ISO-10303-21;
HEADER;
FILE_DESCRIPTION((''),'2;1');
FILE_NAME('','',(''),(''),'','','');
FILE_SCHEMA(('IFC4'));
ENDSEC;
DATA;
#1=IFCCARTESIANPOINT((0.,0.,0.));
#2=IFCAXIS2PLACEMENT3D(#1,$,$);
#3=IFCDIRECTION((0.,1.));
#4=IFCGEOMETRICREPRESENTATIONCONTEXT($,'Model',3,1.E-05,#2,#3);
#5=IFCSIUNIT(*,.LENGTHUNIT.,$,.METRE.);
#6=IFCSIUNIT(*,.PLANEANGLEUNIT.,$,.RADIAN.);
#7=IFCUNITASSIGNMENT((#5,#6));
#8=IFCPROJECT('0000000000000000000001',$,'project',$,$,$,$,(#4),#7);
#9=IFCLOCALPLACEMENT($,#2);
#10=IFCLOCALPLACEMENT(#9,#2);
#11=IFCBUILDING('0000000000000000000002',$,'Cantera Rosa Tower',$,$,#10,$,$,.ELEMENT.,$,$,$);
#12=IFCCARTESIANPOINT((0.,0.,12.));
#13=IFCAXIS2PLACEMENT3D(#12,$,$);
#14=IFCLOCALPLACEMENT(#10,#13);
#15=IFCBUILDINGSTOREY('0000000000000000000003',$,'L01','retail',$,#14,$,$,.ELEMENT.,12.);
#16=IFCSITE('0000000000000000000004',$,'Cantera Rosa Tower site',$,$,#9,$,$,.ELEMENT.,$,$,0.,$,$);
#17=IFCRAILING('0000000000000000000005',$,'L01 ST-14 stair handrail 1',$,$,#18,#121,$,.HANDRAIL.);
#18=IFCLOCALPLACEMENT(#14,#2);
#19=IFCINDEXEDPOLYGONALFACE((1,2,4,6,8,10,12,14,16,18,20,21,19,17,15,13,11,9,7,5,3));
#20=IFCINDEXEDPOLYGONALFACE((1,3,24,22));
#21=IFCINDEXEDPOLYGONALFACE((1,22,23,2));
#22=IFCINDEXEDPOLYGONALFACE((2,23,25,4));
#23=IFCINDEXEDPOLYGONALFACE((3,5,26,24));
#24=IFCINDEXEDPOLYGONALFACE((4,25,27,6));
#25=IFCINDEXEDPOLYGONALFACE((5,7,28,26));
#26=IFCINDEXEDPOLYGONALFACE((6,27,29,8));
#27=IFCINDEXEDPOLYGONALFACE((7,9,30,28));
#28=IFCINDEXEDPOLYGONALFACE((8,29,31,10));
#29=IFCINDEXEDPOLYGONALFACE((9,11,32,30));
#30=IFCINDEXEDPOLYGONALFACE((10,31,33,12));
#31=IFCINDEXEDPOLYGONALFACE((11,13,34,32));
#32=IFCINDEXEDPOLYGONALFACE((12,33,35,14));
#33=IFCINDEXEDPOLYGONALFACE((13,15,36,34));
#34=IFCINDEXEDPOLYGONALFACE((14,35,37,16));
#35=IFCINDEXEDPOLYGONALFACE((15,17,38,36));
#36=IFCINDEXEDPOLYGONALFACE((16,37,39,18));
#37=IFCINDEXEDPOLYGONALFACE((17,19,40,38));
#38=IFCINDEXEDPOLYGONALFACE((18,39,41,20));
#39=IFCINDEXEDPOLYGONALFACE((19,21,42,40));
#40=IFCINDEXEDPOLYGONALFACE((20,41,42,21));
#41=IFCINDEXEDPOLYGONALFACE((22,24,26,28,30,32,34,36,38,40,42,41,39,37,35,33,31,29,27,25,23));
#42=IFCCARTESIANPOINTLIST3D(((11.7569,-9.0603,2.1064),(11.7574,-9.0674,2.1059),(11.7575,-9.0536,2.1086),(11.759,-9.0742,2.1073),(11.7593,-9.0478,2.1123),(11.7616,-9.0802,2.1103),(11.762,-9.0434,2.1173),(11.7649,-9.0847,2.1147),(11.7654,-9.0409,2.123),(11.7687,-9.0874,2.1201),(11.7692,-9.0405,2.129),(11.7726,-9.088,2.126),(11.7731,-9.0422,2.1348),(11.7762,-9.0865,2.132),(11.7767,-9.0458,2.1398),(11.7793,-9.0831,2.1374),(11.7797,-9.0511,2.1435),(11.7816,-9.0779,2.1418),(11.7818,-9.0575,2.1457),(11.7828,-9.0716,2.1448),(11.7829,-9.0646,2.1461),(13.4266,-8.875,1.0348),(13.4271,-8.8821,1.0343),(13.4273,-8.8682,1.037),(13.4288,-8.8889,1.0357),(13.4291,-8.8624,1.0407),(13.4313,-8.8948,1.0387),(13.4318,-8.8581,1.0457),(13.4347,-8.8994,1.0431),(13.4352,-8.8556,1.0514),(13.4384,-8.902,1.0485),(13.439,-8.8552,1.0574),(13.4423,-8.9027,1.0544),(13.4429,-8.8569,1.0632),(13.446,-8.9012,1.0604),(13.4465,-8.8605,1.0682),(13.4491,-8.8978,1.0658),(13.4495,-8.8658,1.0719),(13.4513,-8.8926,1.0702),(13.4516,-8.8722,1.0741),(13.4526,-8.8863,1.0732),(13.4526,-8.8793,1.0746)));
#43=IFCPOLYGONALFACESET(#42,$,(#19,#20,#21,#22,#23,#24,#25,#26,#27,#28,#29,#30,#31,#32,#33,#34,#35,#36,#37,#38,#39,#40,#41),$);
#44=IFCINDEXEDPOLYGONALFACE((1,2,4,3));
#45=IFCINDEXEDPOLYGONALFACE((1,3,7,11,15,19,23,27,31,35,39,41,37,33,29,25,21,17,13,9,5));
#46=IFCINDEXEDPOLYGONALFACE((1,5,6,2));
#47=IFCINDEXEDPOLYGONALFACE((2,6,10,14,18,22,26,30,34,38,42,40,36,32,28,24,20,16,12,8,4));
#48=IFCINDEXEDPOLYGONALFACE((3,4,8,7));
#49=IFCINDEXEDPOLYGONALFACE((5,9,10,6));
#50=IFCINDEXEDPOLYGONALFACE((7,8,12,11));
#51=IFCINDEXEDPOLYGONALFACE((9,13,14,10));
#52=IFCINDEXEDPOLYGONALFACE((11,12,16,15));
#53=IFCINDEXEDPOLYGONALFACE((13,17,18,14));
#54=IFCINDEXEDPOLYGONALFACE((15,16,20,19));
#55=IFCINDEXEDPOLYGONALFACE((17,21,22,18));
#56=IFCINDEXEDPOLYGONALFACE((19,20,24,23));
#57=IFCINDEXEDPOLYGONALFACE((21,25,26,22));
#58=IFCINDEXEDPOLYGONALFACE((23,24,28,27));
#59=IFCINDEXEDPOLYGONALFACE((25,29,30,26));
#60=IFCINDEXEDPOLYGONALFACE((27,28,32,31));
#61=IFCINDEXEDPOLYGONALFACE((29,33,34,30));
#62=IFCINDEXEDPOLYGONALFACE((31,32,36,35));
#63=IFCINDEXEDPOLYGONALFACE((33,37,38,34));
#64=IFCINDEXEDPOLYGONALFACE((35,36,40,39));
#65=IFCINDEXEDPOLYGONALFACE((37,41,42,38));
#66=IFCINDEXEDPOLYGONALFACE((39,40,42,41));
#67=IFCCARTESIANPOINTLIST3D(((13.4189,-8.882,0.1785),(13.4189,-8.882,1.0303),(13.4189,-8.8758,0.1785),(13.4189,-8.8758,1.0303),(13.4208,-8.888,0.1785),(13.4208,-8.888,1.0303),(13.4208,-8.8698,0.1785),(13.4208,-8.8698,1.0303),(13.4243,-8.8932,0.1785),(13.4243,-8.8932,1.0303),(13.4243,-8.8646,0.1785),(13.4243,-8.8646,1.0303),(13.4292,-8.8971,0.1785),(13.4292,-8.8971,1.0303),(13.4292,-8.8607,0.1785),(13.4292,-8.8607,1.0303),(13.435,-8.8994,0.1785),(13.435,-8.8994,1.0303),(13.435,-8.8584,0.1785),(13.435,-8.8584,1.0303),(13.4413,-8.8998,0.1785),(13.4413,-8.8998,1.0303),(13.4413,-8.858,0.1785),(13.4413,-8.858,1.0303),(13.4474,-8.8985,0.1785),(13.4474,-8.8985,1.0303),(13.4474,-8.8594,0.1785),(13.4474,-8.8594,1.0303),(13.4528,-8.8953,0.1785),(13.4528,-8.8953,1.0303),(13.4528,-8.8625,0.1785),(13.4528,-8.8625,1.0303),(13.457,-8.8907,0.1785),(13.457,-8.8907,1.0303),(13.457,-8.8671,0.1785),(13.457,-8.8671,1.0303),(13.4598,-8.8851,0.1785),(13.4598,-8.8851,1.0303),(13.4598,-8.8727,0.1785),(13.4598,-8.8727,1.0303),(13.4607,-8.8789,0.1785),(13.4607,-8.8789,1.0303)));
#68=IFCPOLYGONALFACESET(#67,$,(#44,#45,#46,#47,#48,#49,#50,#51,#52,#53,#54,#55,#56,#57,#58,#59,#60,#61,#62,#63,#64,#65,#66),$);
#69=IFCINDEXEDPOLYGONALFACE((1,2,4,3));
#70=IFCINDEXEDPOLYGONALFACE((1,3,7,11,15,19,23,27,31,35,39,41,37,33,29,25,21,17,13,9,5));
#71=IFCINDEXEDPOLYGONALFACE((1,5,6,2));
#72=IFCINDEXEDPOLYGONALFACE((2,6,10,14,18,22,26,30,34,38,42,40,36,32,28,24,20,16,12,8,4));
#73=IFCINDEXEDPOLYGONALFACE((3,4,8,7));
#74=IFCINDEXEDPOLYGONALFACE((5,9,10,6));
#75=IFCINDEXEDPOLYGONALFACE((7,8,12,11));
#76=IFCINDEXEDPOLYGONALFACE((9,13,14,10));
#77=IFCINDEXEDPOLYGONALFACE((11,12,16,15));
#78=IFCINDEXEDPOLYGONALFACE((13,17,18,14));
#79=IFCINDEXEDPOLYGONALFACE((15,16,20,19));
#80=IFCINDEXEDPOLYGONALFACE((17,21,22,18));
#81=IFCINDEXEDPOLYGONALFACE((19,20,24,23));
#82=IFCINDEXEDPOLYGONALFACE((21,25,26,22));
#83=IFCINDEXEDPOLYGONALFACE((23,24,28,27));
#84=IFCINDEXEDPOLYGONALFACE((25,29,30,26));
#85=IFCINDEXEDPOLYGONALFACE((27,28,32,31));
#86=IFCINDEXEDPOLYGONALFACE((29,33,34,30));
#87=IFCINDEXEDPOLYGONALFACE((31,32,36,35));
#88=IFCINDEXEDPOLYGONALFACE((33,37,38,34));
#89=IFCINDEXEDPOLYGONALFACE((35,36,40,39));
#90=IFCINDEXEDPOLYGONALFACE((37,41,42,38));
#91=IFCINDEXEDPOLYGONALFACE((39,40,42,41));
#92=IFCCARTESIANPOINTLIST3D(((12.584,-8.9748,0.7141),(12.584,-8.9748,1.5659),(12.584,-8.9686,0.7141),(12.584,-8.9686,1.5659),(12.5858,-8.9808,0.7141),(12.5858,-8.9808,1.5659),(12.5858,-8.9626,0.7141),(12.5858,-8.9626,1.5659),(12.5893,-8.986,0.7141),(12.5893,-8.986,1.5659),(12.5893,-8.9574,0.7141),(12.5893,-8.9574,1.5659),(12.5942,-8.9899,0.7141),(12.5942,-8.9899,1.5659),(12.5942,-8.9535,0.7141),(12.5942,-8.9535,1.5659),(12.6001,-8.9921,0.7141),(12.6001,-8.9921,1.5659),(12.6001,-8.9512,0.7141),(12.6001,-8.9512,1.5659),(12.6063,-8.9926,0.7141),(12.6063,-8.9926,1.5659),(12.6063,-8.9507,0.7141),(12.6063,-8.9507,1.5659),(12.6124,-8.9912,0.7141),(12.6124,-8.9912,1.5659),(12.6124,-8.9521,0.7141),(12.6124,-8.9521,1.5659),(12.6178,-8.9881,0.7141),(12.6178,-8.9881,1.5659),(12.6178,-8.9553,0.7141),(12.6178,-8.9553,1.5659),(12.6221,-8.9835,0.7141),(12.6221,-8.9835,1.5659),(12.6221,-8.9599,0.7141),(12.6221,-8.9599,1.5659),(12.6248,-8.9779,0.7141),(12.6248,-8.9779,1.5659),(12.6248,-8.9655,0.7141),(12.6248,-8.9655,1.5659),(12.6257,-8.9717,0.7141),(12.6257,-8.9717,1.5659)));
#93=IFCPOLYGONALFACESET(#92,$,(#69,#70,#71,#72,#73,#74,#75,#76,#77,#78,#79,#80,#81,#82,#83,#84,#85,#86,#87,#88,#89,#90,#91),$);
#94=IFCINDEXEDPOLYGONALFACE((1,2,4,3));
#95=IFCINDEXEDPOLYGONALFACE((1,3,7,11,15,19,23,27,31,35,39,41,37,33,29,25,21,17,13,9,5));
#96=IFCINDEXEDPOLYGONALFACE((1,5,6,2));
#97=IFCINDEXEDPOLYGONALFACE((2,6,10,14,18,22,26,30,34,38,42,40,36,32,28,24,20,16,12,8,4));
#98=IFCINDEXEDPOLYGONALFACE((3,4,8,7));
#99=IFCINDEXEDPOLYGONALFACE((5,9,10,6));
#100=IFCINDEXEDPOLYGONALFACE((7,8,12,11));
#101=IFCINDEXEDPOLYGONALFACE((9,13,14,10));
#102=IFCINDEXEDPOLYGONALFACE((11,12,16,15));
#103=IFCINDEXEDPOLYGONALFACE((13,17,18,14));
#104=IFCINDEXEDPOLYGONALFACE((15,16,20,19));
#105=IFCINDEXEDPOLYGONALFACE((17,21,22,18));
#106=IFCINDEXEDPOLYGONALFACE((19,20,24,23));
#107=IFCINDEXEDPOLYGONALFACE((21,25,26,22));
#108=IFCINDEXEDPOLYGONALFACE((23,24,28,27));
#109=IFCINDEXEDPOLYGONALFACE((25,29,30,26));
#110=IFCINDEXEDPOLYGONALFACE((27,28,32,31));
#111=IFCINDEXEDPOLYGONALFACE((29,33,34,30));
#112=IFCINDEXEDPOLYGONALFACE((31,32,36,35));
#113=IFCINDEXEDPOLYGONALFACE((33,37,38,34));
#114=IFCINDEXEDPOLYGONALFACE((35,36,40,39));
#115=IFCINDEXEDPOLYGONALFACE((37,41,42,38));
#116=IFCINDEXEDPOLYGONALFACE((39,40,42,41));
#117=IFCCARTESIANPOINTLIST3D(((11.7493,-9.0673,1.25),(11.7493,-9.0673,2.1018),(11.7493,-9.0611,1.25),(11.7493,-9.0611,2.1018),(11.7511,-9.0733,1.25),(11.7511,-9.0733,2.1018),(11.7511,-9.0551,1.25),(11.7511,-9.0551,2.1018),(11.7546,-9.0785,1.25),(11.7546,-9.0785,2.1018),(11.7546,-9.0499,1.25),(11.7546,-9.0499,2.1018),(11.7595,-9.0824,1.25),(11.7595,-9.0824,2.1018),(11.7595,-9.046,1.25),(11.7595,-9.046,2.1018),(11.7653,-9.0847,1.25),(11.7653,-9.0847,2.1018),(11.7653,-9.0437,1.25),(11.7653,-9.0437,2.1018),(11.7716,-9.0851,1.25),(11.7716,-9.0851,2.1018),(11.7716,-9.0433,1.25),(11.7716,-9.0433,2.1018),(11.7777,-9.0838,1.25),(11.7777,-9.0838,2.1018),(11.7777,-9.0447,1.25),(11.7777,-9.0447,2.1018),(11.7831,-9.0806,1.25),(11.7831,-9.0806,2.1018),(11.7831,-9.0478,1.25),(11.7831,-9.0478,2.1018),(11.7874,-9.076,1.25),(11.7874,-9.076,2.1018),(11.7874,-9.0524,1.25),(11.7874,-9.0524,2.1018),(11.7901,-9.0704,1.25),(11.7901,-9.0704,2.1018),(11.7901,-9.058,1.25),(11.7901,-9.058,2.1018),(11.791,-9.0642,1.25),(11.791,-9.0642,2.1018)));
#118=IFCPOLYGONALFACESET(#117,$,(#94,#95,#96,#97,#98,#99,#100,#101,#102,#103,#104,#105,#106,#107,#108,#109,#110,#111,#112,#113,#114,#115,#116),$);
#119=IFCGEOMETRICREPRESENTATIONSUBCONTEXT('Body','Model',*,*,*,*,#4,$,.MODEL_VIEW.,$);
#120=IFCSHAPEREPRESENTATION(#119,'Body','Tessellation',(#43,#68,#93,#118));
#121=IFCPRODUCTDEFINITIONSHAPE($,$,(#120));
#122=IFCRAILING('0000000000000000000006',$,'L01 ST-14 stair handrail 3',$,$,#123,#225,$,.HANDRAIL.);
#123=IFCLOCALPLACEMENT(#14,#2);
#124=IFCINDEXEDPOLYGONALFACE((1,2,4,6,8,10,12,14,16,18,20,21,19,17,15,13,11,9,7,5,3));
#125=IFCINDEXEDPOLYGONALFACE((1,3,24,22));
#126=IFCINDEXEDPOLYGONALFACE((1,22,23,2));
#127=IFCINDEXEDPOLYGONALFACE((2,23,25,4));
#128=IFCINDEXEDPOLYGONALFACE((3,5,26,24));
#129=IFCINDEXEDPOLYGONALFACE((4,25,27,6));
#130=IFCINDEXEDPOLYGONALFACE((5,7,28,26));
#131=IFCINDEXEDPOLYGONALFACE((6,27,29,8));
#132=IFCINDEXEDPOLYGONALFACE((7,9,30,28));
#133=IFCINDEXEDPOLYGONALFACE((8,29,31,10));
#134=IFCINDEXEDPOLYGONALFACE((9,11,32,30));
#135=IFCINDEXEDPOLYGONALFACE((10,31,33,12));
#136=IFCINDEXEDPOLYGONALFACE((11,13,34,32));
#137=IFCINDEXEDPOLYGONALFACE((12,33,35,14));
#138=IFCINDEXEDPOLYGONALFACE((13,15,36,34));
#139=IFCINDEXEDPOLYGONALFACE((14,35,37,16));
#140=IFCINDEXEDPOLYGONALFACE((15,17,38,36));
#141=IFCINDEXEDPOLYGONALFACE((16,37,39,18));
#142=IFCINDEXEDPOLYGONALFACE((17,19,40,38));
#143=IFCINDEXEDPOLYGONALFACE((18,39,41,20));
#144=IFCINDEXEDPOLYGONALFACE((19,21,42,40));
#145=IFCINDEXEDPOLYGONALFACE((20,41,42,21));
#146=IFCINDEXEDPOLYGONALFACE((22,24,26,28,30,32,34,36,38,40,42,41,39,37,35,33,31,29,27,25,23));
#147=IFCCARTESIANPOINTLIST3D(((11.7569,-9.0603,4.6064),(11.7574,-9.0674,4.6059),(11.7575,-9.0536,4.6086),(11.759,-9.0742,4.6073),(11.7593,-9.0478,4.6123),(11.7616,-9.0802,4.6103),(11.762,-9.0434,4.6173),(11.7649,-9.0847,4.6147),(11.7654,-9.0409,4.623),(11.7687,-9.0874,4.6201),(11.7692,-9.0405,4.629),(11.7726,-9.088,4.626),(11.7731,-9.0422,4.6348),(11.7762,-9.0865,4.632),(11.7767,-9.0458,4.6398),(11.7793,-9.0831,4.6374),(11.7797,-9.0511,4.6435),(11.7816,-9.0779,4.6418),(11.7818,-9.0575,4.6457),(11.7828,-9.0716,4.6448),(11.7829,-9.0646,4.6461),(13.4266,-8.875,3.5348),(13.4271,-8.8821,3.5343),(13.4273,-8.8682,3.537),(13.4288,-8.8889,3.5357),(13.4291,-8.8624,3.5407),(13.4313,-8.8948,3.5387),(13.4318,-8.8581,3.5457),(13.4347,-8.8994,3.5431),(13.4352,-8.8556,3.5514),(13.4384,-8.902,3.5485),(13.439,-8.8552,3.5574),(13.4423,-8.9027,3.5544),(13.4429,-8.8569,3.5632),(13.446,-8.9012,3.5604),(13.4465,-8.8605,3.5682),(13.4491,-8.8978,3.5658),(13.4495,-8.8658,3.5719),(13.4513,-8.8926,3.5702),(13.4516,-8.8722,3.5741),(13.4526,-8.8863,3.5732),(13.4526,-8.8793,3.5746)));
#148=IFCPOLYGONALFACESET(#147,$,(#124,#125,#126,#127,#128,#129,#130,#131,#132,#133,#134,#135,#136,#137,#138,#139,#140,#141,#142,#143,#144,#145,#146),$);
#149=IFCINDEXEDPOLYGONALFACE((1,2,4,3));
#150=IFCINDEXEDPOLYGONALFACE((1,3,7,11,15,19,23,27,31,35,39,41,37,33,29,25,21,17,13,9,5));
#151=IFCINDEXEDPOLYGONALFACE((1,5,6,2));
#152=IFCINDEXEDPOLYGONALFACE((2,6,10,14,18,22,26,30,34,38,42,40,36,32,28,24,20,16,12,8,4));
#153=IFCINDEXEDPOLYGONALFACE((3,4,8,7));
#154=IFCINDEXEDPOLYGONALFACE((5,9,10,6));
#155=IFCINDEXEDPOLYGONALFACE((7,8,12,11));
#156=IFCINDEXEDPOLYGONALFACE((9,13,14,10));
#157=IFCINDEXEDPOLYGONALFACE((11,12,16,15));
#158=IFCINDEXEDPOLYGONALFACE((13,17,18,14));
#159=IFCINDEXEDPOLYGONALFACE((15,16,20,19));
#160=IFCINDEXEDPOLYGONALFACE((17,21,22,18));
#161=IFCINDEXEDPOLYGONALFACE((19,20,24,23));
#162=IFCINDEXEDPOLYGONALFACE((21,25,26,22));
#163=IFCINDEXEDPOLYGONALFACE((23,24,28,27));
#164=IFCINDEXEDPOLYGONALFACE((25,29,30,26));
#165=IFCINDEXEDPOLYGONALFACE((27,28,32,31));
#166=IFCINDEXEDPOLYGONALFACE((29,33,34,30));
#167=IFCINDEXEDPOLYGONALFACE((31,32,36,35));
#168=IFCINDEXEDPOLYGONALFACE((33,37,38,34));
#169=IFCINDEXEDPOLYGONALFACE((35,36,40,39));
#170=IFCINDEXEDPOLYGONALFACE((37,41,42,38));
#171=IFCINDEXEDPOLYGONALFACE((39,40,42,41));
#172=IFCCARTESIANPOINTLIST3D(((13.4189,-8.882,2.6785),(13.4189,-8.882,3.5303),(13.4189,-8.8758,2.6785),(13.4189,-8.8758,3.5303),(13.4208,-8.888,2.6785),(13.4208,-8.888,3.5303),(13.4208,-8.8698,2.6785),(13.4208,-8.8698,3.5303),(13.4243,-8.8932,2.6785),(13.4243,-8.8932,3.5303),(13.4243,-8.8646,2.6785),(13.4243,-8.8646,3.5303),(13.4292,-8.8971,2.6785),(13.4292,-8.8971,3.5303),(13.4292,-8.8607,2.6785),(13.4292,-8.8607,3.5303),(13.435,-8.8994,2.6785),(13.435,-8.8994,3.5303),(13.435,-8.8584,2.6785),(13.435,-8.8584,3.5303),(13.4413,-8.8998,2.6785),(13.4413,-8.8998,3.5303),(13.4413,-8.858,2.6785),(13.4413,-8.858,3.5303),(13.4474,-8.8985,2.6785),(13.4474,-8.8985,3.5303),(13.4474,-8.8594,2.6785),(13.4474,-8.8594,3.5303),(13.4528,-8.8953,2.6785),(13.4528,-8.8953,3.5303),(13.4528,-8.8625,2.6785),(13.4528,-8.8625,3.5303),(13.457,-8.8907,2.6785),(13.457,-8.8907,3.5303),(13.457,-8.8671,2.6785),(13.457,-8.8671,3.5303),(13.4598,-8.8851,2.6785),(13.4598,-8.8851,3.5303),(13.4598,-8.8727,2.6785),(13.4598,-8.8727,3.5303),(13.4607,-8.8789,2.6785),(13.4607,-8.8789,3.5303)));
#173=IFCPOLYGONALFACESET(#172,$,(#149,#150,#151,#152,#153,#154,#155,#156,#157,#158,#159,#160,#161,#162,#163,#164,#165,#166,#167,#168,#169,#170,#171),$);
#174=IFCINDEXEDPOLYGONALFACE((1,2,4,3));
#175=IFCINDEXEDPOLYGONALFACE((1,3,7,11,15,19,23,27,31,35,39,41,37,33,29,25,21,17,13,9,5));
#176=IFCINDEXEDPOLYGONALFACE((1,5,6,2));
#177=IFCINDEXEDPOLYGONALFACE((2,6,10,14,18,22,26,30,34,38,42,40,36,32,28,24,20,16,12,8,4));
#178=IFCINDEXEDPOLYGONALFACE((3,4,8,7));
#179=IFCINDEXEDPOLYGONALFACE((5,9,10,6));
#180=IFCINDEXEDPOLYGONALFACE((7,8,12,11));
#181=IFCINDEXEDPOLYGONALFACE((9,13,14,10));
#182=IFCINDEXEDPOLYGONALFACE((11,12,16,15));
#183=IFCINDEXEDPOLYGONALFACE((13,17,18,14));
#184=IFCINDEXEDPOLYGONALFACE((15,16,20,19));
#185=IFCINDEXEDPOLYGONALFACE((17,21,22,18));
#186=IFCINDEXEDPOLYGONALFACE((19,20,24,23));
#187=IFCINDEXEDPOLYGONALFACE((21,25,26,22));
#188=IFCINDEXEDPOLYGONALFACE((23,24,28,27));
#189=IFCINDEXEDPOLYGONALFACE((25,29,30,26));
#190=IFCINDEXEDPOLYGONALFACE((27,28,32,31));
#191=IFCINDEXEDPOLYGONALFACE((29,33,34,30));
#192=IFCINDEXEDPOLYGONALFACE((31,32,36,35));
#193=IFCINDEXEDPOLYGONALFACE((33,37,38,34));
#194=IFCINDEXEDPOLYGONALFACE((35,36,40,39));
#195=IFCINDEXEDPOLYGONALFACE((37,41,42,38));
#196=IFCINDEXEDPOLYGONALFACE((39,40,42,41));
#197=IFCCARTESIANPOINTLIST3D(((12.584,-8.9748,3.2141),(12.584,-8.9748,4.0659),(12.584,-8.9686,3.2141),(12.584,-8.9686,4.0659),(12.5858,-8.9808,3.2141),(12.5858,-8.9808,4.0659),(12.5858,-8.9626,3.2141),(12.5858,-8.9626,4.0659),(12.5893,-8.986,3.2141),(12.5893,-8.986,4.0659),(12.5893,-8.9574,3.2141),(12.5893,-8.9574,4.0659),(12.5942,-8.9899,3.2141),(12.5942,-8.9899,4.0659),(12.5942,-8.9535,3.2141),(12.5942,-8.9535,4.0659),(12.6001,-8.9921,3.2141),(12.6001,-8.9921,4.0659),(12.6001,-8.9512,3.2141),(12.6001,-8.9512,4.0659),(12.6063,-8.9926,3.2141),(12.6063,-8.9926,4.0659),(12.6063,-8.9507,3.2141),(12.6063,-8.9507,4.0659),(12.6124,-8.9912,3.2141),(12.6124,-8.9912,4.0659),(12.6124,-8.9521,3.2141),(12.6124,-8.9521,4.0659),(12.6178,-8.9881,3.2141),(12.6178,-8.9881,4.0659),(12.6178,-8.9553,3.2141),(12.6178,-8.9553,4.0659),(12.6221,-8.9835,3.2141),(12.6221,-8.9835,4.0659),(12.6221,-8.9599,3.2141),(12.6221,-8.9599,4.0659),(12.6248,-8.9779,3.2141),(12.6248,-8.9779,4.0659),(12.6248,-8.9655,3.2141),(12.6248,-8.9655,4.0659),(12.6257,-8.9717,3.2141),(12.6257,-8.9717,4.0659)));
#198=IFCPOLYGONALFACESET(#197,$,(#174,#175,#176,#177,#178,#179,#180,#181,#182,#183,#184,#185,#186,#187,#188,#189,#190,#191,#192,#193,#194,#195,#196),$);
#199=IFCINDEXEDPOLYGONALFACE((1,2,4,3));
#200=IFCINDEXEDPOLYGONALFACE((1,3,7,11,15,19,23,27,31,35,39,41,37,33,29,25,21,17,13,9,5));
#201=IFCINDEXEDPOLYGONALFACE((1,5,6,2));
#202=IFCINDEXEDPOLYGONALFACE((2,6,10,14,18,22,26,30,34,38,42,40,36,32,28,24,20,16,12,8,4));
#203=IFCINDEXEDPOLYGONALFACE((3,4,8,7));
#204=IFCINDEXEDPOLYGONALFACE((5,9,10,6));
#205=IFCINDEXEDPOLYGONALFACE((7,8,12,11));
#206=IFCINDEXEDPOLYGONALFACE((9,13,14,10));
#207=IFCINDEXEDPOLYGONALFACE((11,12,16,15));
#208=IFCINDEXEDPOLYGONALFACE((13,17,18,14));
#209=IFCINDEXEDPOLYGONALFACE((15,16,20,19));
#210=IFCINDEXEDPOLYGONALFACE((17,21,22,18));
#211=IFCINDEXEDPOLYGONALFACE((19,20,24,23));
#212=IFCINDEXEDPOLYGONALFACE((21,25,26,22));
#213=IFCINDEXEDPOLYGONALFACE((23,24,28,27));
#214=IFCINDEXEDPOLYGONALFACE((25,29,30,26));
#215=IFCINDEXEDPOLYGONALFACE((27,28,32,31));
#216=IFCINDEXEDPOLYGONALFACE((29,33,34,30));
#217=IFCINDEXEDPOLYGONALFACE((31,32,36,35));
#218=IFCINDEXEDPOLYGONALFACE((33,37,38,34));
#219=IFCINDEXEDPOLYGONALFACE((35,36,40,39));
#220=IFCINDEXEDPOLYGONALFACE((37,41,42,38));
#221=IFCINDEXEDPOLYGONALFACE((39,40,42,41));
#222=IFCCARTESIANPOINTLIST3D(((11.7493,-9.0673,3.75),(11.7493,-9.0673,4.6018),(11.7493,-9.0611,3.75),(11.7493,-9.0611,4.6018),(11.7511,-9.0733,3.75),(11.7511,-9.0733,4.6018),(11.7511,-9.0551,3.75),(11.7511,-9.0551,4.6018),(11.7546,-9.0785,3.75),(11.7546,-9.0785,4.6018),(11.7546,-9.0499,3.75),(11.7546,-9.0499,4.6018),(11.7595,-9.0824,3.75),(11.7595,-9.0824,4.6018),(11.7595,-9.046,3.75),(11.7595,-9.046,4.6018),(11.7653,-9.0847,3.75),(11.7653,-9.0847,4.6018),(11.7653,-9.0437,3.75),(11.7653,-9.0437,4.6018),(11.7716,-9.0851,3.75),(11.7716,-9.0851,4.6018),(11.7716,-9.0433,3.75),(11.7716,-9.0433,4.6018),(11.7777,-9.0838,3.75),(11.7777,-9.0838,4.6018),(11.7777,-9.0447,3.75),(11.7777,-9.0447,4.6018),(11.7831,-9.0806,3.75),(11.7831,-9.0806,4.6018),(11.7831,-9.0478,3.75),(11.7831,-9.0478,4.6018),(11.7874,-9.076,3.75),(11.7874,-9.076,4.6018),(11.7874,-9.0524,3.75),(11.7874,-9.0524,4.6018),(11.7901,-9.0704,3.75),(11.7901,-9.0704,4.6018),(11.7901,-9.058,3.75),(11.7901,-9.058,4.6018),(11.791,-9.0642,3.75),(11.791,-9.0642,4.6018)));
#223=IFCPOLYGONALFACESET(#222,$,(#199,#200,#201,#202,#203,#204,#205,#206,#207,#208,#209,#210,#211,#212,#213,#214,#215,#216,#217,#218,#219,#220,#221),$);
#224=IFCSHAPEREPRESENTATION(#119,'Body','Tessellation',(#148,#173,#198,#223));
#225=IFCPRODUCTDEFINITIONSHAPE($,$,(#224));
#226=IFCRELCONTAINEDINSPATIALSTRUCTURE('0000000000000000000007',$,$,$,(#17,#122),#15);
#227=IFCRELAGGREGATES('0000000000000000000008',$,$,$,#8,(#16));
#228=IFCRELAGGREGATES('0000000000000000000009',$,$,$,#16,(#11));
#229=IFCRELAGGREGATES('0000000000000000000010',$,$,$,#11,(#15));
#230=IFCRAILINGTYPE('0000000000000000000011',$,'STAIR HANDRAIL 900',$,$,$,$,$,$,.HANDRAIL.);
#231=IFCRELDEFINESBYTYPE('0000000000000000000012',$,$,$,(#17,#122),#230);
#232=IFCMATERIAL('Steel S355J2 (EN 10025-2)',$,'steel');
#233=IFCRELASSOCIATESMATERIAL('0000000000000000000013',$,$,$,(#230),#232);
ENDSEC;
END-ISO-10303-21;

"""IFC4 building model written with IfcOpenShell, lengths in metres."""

from ifc_helpers import new_model, si_unit, direction, frame, origin, origin_2d, place, context, subcontext, project, spatial, circle, extrude, material, type_object, element, save


model = new_model("IFC4")

# Units and contexts
model_context = context("Model", 3, precision=1e-05, world=origin(), true_north=direction((0.0, 1.0)))
body_context = subcontext(model_context, "Body", "Model", "MODEL_VIEW")
ifc_project = project(units=[si_unit("LENGTHUNIT", "METRE"), si_unit("PLANEANGLEUNIT", "RADIAN")], contexts=[model_context])

# Site, building, storey
site_placement = place(None, origin())
site = spatial("IfcSite", under=ifc_project, at=site_placement, Name="Cantera Rosa Tower site", CompositionType="ELEMENT", RefElevation=0.0)
building_placement = place(site_placement, origin())
building = spatial("IfcBuilding", under=site, at=building_placement, Name="Cantera Rosa Tower", CompositionType="ELEMENT")
storey_placement = place(building_placement, frame((0.0, 0.0, 12.0)))
storey = spatial("IfcBuildingStorey", under=building, at=storey_placement, Name="L01", Description="retail", CompositionType="ELEMENT", Elevation=12.0)

# Railings
ifc_material_1 = material(Name="Steel S355J2 (EN 10025-2)", Category="steel")
railing_type_1 = type_object("IfcRailingType", Name="STAIR HANDRAIL 900", PredefinedType="HANDRAIL", material=ifc_material_1)
for number, where, name in (
    (1, (13.4397, -8.8789, 0.1785), "L01 ST-14 stair handrail 1"),
    (2, (13.4397, -8.8789, 2.6785), "L01 ST-14 stair handrail 3"),
):
    element("IfcRailing", number, at=place(storey_placement, frame(where)), inside=storey, type_object=railing_type_1, Name=name, PredefinedType="HANDRAIL", context=body_context, shape_type="SweptSolid", body=[
        extrude(circle(Radius=0.0239, at=origin_2d()), frame((0.0, 0.0, 0.876), z_axis=(-0.837951, -0.092997, 0.537764), x_axis=(0.110304, -0.993898, 0.0)), (0.0, 0.0, 1.0), 1.9927),
        extrude(circle(Radius=0.021, at=origin_2d()), origin(), (0.0, 0.0, 1.0), 0.8518),
        extrude(circle(Radius=0.021, at=origin_2d()), frame((-0.835, -0.0928, 0.5356)), (0.0, 0.0, 1.0), 0.8518),
        extrude(circle(Radius=0.021, at=origin_2d()), frame((-1.6697, -0.1853, 1.0715)), (0.0, 0.0, 1.0), 0.8518),
    ])

save(model, "model.ifc")
